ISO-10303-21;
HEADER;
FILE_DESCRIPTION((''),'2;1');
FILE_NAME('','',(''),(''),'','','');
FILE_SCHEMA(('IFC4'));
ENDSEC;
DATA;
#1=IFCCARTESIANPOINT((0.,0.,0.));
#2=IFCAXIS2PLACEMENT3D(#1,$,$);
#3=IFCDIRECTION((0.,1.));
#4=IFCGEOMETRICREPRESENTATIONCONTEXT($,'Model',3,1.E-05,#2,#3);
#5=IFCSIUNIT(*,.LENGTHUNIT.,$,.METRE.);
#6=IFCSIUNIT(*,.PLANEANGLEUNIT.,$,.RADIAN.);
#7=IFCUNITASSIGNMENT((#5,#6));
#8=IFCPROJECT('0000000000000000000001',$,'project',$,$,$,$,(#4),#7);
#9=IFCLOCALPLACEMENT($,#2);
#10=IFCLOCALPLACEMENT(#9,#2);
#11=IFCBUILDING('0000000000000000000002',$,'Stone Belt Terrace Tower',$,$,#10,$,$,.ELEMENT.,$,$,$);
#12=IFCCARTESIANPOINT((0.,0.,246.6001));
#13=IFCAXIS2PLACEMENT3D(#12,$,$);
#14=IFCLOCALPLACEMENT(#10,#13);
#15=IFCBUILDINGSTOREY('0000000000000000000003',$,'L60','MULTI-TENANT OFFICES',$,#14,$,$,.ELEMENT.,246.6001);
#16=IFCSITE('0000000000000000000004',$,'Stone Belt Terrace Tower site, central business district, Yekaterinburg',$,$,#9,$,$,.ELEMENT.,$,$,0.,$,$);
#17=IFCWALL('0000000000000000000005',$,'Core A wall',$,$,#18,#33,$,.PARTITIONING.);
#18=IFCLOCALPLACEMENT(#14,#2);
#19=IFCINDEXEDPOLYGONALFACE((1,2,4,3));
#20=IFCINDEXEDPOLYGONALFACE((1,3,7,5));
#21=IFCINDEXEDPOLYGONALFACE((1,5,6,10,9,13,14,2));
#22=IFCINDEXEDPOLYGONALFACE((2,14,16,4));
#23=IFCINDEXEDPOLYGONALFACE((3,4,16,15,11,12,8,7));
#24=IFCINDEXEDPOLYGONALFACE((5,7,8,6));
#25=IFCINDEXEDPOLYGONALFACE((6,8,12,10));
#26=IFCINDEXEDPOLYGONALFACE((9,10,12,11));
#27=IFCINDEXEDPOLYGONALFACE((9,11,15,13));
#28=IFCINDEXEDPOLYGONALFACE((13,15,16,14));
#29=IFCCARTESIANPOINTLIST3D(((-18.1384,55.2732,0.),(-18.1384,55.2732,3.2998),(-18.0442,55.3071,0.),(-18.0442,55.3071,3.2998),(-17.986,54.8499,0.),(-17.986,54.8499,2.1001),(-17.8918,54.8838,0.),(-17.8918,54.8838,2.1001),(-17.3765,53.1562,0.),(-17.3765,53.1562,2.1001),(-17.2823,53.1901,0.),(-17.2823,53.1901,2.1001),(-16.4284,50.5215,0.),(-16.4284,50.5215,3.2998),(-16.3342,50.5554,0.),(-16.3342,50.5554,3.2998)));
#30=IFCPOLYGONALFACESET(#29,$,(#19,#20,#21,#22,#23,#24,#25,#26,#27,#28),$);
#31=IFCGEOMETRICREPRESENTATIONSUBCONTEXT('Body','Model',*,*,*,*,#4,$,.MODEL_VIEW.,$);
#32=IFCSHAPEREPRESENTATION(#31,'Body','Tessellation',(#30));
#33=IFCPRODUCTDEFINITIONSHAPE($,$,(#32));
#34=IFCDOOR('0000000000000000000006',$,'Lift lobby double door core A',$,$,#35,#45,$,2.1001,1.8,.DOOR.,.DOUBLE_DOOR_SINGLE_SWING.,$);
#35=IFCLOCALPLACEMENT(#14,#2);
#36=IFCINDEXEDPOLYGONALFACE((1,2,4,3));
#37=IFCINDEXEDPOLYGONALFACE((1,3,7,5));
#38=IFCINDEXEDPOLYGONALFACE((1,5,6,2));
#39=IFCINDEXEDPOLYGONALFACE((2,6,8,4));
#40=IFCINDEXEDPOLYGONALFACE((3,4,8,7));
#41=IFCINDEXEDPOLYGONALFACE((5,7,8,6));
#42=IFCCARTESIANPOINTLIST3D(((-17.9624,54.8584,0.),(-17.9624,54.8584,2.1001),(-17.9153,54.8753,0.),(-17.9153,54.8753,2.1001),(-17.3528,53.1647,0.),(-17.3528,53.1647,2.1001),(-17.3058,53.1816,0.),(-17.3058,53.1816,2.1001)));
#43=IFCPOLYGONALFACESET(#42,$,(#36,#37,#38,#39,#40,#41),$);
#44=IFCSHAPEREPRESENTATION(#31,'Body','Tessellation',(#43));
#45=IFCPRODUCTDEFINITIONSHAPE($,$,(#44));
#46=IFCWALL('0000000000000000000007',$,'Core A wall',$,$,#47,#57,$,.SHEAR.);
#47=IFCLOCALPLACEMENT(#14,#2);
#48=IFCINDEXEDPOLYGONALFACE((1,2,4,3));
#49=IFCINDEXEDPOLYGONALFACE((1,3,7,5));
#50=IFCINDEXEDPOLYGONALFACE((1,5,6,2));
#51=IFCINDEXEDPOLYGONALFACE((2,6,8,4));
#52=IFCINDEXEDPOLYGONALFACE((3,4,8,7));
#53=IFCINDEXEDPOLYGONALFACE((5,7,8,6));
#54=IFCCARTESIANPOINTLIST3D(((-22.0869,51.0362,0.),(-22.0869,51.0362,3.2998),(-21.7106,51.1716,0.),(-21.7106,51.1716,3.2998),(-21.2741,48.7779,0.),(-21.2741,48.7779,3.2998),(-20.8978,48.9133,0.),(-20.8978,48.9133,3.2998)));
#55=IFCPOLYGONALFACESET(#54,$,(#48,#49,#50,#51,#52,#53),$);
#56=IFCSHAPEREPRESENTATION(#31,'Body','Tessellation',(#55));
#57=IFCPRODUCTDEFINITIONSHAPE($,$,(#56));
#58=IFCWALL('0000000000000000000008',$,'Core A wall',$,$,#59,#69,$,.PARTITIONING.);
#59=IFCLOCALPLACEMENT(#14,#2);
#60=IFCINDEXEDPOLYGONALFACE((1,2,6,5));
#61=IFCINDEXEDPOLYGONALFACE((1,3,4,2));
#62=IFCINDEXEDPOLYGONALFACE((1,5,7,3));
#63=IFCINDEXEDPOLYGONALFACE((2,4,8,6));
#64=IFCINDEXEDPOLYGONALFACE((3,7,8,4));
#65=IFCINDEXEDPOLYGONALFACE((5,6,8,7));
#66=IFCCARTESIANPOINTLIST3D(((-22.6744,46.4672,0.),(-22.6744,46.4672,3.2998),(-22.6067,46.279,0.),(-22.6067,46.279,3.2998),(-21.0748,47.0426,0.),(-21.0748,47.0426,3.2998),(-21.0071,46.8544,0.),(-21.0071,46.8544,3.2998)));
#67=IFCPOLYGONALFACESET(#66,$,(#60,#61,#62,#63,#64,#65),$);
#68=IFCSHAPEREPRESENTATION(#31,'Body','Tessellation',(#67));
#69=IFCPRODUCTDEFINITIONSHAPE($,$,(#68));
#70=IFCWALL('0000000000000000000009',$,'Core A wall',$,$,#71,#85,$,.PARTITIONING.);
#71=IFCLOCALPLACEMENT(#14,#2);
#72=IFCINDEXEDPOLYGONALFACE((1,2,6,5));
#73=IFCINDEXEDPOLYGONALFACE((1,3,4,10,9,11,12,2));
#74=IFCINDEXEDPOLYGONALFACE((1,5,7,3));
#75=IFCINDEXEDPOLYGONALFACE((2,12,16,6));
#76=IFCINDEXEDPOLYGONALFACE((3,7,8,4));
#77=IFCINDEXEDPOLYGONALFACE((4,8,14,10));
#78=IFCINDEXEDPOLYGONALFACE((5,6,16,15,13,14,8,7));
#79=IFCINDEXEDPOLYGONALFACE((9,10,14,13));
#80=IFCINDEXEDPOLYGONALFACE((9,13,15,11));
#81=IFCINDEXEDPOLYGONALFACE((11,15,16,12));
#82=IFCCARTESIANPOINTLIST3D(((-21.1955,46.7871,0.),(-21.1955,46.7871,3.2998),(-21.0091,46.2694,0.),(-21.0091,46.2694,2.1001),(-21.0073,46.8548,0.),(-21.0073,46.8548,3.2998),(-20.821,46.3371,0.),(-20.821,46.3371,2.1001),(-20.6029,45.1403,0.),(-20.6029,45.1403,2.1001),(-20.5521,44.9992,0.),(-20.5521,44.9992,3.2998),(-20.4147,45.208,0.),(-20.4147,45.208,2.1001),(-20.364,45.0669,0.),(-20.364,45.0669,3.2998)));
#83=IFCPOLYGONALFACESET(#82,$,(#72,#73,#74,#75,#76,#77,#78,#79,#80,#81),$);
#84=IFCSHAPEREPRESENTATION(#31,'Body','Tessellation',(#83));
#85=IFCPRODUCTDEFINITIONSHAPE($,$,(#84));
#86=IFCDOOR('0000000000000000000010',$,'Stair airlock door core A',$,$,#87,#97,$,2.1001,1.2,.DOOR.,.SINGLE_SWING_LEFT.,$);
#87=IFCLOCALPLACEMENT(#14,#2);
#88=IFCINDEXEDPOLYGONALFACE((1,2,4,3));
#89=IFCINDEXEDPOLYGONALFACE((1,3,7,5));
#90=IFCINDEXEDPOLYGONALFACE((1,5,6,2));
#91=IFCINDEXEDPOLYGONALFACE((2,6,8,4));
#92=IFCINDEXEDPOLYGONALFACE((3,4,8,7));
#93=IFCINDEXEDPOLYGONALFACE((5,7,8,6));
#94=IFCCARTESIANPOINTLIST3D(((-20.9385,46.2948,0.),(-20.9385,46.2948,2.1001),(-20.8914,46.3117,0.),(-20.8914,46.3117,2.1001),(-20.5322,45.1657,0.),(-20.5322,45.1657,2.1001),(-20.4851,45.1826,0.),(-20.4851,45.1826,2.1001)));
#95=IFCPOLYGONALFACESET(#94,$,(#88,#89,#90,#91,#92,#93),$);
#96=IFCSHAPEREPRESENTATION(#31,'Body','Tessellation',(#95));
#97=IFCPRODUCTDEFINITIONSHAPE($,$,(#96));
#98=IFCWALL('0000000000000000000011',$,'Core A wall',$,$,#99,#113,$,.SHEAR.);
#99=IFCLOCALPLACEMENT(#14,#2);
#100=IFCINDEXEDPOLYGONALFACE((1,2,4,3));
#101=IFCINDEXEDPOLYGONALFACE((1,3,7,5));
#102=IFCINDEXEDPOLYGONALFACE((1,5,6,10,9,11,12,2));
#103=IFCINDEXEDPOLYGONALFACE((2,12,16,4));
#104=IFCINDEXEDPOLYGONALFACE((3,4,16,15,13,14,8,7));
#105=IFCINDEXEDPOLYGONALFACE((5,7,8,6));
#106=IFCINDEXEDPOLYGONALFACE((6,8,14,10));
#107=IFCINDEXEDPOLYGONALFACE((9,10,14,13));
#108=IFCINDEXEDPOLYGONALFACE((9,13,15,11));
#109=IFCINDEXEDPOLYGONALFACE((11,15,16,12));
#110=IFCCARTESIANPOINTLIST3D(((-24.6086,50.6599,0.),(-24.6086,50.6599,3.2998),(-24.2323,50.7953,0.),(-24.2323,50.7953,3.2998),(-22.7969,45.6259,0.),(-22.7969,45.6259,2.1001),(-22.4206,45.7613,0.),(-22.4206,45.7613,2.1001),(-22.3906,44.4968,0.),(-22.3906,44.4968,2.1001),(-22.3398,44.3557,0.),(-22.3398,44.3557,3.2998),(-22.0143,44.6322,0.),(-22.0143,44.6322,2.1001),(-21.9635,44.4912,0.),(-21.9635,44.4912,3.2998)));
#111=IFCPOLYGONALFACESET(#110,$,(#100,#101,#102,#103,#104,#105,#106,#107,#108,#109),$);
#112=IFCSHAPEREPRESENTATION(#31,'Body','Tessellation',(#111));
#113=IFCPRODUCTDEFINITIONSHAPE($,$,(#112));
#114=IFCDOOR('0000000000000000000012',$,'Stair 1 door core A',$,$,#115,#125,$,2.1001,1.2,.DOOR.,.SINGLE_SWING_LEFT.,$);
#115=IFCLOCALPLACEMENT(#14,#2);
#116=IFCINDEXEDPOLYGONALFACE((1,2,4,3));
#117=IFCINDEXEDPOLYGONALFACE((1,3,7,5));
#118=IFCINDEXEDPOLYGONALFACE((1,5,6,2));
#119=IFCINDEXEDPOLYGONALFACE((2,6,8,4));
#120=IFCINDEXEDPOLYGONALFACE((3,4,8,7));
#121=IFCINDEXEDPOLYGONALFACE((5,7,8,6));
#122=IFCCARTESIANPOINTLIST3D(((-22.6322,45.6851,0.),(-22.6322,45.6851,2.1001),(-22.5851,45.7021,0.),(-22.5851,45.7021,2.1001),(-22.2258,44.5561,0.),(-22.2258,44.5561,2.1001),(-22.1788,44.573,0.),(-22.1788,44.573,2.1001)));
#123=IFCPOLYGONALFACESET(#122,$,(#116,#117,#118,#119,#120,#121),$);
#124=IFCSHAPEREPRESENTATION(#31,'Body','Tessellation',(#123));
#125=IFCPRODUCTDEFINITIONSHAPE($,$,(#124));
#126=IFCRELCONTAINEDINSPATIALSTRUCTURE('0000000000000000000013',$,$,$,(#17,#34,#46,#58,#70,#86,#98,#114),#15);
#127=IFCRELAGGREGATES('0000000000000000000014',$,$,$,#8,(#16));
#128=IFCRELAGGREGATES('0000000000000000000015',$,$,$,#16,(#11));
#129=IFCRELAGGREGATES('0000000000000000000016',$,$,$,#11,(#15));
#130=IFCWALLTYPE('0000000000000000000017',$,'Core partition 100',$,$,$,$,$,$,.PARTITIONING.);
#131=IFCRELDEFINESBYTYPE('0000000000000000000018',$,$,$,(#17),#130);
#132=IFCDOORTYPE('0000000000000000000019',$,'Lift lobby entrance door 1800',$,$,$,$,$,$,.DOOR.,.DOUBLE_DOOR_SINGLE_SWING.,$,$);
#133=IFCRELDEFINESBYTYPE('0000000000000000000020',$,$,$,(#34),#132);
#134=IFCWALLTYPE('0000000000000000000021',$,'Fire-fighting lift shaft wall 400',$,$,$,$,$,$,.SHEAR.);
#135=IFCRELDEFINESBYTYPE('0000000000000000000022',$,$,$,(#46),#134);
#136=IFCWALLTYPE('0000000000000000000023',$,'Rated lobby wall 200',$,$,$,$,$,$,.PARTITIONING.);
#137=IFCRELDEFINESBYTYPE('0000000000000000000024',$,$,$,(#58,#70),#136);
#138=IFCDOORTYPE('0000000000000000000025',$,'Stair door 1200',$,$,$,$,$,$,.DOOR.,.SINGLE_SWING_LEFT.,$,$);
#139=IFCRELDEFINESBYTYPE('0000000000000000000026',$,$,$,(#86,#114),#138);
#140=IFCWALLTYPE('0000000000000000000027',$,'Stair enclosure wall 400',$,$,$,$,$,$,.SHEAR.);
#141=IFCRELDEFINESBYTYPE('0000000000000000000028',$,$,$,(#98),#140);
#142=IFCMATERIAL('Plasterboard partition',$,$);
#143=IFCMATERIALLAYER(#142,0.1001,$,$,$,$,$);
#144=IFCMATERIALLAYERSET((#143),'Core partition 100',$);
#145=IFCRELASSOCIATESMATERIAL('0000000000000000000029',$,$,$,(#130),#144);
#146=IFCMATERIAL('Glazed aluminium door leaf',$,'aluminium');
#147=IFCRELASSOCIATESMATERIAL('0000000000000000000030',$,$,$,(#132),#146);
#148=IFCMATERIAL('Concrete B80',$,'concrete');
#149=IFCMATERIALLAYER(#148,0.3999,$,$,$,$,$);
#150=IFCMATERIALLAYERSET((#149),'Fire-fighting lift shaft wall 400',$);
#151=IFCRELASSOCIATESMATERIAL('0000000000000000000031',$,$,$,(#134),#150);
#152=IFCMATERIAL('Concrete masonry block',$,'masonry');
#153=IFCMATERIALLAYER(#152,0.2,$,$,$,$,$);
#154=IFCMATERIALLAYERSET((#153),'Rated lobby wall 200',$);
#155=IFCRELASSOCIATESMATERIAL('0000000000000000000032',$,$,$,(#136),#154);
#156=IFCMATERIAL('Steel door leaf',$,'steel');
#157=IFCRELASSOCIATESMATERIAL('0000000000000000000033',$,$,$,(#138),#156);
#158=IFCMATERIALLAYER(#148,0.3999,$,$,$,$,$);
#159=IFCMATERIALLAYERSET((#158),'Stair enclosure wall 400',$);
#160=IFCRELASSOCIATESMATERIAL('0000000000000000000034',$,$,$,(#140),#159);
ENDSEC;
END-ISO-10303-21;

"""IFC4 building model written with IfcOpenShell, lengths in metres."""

from ifc_helpers import new_model, si_unit, direction, frame, frame_2d, origin, place, context, subcontext, project, spatial, rectangle, extrude, material, layer, layer_set, type_object, element, fill, save


model = new_model("IFC4")

# Units and contexts
model_context = context("Model", 3, precision=1e-05, world=origin(), true_north=direction((0.0, 1.0)))
body_context = subcontext(model_context, "Body", "Model", "MODEL_VIEW")
ifc_project = project(units=[si_unit("LENGTHUNIT", "METRE"), si_unit("PLANEANGLEUNIT", "RADIAN")], contexts=[model_context])

# Site, building, storey
site_placement = place(None, origin())
site = spatial("IfcSite", under=ifc_project, at=site_placement, Name="Stone Belt Terrace Tower site, central business district, Yekaterinburg", CompositionType="ELEMENT", RefElevation=0.0)
building_placement = place(site_placement, origin())
building = spatial("IfcBuilding", under=site, at=building_placement, Name="Stone Belt Terrace Tower", CompositionType="ELEMENT")
storey_placement = place(building_placement, frame((0.0, 0.0, 246.6001)))
storey = spatial("IfcBuildingStorey", under=building, at=storey_placement, Name="L60", Description="MULTI-TENANT OFFICES", CompositionType="ELEMENT", Elevation=246.6001)

# Wall, opening, door
ifc_material_1 = material(Name="Plasterboard partition")
ifc_layer_1 = layer(ifc_material_1, 0.1001)
ifc_layer_set_1 = layer_set([ifc_layer_1], Name="Core partition 100")
wall_type_1 = type_object("IfcWallType", Name="Core partition 100", PredefinedType="PARTITIONING", material=ifc_layer_set_1)
wall_1_placement = place(storey_placement, frame((-16.3813, 50.5386, 0.0), z_axis=(0.0, 0.0, 1.0), x_axis=(-0.338605, 0.940929, 0.0)))
wall_1 = element("IfcWall", 1, at=wall_1_placement, inside=storey, type_object=wall_type_1, Name="Core A wall", PredefinedType="PARTITIONING", context=body_context, shape_type="SweptSolid", body=[
    extrude(rectangle(XDim=5.05, YDim=0.1001, at=frame_2d((2.5249, 0.0))), origin(), (0.0, 0.0, 1.0), 3.2998),
])
opening_1_placement = place(wall_1_placement, frame((2.8, 0.0, 0.0)))
opening_1 = element("IfcOpeningElement", 2, at=opening_1_placement, cuts=wall_1, PredefinedType="OPENING", context=body_context, shape_type="SweptSolid", body=[
    extrude(rectangle(XDim=1.8, YDim=2.1001, at=frame_2d((0.8999, 1.05))), frame((0.0, 0.0601, 0.0), z_axis=(0.0, -1.0, 0.0), x_axis=(1.0, 0.0, 0.0)), (0.0, 0.0, 1.0), 0.1201),
])
ifc_material_2 = material(Name="Glazed aluminium door leaf", Category="aluminium")
door_type_1 = type_object("IfcDoorType", Name="Lift lobby entrance door 1800", OperationType="DOUBLE_DOOR_SINGLE_SWING", PredefinedType="DOOR", material=ifc_material_2)
door_1_placement = place(opening_1_placement, origin())
door_1 = element("IfcDoor", 3, at=door_1_placement, inside=storey, type_object=door_type_1, Name="Lift lobby double door core A", OperationType="DOUBLE_DOOR_SINGLE_SWING", OverallHeight=2.1001, OverallWidth=1.8, PredefinedType="DOOR", context=body_context, shape_type="SweptSolid", body=[
    extrude(rectangle(XDim=1.8, YDim=2.1001, at=frame_2d((0.8999, 1.05))), frame((0.0, 0.0249, 0.0), z_axis=(0.0, -1.0, 0.0), x_axis=(1.0, 0.0, 0.0)), (0.0, 0.0, 1.0), 0.05),
])
fill(opening_1, door_1)

# Walls
ifc_material_3 = material(Name="Concrete B80", Category="concrete")
ifc_layer_2 = layer(ifc_material_3, 0.3999)
ifc_layer_set_2 = layer_set([ifc_layer_2], Name="Fire-fighting lift shaft wall 400")
wall_type_2 = type_object("IfcWallType", Name="Fire-fighting lift shaft wall 400", PredefinedType="SHEAR", material=ifc_layer_set_2)
wall_2_placement = place(storey_placement, frame((-21.0859, 48.8455, 0.0), z_axis=(0.0, 0.0, 1.0), x_axis=(-0.338629, 0.94092, 0.0)))
element("IfcWall", 4, at=wall_2_placement, inside=storey, type_object=wall_type_2, Name="Core A wall", PredefinedType="SHEAR", context=body_context, shape_type="SweptSolid", body=[
    extrude(rectangle(XDim=2.4001, YDim=0.3999, at=frame_2d((1.2002, 0.0))), origin(), (0.0, 0.0, 1.0), 3.2998),
])
ifc_material_4 = material(Name="Concrete masonry block", Category="masonry")
ifc_layer_3 = layer(ifc_material_4, 0.2)
ifc_layer_set_3 = layer_set([ifc_layer_3], Name="Rated lobby wall 200")
wall_type_3 = type_object("IfcWallType", Name="Rated lobby wall 200", PredefinedType="PARTITIONING", material=ifc_layer_set_3)
wall_3_placement = place(storey_placement, frame((-22.6406, 46.373, 0.0), z_axis=(0.0, 0.0, 1.0), x_axis=(0.940966, 0.338501, 0.0)))
element("IfcWall", 5, at=wall_3_placement, inside=storey, type_object=wall_type_3, Name="Core A wall", PredefinedType="PARTITIONING", context=body_context, shape_type="SweptSolid", body=[
    extrude(rectangle(XDim=1.7, YDim=0.2, at=frame_2d((0.8501, 0.0))), origin(), (0.0, 0.0, 1.0), 3.2998),
])

# Walls, openings, doors
wall_4_placement = place(storey_placement, frame((-20.458, 45.033, 0.0), z_axis=(0.0, 0.0, 1.0), x_axis=(-0.338574, 0.94094, 0.0)))
wall_4 = element("IfcWall", 6, at=wall_4_placement, inside=storey, type_object=wall_type_3, Name="Core A wall", PredefinedType="PARTITIONING", context=body_context, shape_type="SweptSolid", body=[
    extrude(rectangle(XDim=1.9001, YDim=0.2, at=frame_2d((0.9502, 0.0))), origin(), (0.0, 0.0, 1.0), 3.2998),
])
opening_2_placement = place(wall_4_placement, frame((0.1499, 0.0, 0.0)))
opening_2 = element("IfcOpeningElement", 7, at=opening_2_placement, cuts=wall_4, PredefinedType="OPENING", context=body_context, shape_type="SweptSolid", body=[
    extrude(rectangle(XDim=1.2, YDim=2.1001, at=frame_2d((0.6001, 1.05))), frame((0.0, 0.1099, 0.0), z_axis=(0.0, -1.0, 0.0), x_axis=(1.0, 0.0, 0.0)), (0.0, 0.0, 1.0), 0.22),
])
ifc_material_5 = material(Name="Steel door leaf", Category="steel")
door_type_2 = type_object("IfcDoorType", Name="Stair door 1200", OperationType="SINGLE_SWING_LEFT", PredefinedType="DOOR", material=ifc_material_5)
door_2_placement = place(opening_2_placement, origin())
door_2 = element("IfcDoor", 8, at=door_2_placement, inside=storey, type_object=door_type_2, Name="Stair airlock door core A", OperationType="SINGLE_SWING_LEFT", OverallHeight=2.1001, OverallWidth=1.2, PredefinedType="DOOR", context=body_context, shape_type="SweptSolid", body=[
    extrude(rectangle(XDim=1.2, YDim=2.1001, at=frame_2d((0.6001, 1.05))), frame((0.0, 0.0249, 0.0), z_axis=(0.0, -1.0, 0.0), x_axis=(1.0, 0.0, 0.0)), (0.0, 0.0, 1.0), 0.05),
])
fill(opening_2, door_2)
ifc_layer_4 = layer(ifc_material_3, 0.3999)
ifc_layer_set_4 = layer_set([ifc_layer_4], Name="Stair enclosure wall 400")
wall_type_4 = type_object("IfcWallType", Name="Stair enclosure wall 400", PredefinedType="SHEAR", material=ifc_layer_set_4)
wall_5_placement = place(storey_placement, frame((-22.1516, 44.4233, 0.0), z_axis=(0.0, 0.0, 1.0), x_axis=(-0.338625, 0.940921, 0.0)))
wall_5 = element("IfcWall", 9, at=wall_5_placement, inside=storey, type_object=wall_type_4, Name="Core A wall", PredefinedType="SHEAR", context=body_context, shape_type="SweptSolid", body=[
    extrude(rectangle(XDim=6.7, YDim=0.3999, at=frame_2d((3.3501, 0.0))), origin(), (0.0, 0.0, 1.0), 3.2998),
])
opening_3_placement = place(wall_5_placement, frame((0.1499, 0.0, 0.0)))
opening_3 = element("IfcOpeningElement", 10, at=opening_3_placement, cuts=wall_5, PredefinedType="OPENING", context=body_context, shape_type="SweptSolid", body=[
    extrude(rectangle(XDim=1.2, YDim=2.1001, at=frame_2d((0.6001, 1.05))), frame((0.0, 0.21, 0.0), z_axis=(0.0, -1.0, 0.0), x_axis=(1.0, 0.0, 0.0)), (0.0, 0.0, 1.0), 0.4199),
])
door_3_placement = place(opening_3_placement, origin())
door_3 = element("IfcDoor", 11, at=door_3_placement, inside=storey, type_object=door_type_2, Name="Stair 1 door core A", OperationType="SINGLE_SWING_LEFT", OverallHeight=2.1001, OverallWidth=1.2, PredefinedType="DOOR", context=body_context, shape_type="SweptSolid", body=[
    extrude(rectangle(XDim=1.2, YDim=2.1001, at=frame_2d((0.6001, 1.05))), frame((0.0, 0.0249, 0.0), z_axis=(0.0, -1.0, 0.0), x_axis=(1.0, 0.0, 0.0)), (0.0, 0.0, 1.0), 0.05),
])
fill(opening_3, door_3)

save(model, "model.ifc")
